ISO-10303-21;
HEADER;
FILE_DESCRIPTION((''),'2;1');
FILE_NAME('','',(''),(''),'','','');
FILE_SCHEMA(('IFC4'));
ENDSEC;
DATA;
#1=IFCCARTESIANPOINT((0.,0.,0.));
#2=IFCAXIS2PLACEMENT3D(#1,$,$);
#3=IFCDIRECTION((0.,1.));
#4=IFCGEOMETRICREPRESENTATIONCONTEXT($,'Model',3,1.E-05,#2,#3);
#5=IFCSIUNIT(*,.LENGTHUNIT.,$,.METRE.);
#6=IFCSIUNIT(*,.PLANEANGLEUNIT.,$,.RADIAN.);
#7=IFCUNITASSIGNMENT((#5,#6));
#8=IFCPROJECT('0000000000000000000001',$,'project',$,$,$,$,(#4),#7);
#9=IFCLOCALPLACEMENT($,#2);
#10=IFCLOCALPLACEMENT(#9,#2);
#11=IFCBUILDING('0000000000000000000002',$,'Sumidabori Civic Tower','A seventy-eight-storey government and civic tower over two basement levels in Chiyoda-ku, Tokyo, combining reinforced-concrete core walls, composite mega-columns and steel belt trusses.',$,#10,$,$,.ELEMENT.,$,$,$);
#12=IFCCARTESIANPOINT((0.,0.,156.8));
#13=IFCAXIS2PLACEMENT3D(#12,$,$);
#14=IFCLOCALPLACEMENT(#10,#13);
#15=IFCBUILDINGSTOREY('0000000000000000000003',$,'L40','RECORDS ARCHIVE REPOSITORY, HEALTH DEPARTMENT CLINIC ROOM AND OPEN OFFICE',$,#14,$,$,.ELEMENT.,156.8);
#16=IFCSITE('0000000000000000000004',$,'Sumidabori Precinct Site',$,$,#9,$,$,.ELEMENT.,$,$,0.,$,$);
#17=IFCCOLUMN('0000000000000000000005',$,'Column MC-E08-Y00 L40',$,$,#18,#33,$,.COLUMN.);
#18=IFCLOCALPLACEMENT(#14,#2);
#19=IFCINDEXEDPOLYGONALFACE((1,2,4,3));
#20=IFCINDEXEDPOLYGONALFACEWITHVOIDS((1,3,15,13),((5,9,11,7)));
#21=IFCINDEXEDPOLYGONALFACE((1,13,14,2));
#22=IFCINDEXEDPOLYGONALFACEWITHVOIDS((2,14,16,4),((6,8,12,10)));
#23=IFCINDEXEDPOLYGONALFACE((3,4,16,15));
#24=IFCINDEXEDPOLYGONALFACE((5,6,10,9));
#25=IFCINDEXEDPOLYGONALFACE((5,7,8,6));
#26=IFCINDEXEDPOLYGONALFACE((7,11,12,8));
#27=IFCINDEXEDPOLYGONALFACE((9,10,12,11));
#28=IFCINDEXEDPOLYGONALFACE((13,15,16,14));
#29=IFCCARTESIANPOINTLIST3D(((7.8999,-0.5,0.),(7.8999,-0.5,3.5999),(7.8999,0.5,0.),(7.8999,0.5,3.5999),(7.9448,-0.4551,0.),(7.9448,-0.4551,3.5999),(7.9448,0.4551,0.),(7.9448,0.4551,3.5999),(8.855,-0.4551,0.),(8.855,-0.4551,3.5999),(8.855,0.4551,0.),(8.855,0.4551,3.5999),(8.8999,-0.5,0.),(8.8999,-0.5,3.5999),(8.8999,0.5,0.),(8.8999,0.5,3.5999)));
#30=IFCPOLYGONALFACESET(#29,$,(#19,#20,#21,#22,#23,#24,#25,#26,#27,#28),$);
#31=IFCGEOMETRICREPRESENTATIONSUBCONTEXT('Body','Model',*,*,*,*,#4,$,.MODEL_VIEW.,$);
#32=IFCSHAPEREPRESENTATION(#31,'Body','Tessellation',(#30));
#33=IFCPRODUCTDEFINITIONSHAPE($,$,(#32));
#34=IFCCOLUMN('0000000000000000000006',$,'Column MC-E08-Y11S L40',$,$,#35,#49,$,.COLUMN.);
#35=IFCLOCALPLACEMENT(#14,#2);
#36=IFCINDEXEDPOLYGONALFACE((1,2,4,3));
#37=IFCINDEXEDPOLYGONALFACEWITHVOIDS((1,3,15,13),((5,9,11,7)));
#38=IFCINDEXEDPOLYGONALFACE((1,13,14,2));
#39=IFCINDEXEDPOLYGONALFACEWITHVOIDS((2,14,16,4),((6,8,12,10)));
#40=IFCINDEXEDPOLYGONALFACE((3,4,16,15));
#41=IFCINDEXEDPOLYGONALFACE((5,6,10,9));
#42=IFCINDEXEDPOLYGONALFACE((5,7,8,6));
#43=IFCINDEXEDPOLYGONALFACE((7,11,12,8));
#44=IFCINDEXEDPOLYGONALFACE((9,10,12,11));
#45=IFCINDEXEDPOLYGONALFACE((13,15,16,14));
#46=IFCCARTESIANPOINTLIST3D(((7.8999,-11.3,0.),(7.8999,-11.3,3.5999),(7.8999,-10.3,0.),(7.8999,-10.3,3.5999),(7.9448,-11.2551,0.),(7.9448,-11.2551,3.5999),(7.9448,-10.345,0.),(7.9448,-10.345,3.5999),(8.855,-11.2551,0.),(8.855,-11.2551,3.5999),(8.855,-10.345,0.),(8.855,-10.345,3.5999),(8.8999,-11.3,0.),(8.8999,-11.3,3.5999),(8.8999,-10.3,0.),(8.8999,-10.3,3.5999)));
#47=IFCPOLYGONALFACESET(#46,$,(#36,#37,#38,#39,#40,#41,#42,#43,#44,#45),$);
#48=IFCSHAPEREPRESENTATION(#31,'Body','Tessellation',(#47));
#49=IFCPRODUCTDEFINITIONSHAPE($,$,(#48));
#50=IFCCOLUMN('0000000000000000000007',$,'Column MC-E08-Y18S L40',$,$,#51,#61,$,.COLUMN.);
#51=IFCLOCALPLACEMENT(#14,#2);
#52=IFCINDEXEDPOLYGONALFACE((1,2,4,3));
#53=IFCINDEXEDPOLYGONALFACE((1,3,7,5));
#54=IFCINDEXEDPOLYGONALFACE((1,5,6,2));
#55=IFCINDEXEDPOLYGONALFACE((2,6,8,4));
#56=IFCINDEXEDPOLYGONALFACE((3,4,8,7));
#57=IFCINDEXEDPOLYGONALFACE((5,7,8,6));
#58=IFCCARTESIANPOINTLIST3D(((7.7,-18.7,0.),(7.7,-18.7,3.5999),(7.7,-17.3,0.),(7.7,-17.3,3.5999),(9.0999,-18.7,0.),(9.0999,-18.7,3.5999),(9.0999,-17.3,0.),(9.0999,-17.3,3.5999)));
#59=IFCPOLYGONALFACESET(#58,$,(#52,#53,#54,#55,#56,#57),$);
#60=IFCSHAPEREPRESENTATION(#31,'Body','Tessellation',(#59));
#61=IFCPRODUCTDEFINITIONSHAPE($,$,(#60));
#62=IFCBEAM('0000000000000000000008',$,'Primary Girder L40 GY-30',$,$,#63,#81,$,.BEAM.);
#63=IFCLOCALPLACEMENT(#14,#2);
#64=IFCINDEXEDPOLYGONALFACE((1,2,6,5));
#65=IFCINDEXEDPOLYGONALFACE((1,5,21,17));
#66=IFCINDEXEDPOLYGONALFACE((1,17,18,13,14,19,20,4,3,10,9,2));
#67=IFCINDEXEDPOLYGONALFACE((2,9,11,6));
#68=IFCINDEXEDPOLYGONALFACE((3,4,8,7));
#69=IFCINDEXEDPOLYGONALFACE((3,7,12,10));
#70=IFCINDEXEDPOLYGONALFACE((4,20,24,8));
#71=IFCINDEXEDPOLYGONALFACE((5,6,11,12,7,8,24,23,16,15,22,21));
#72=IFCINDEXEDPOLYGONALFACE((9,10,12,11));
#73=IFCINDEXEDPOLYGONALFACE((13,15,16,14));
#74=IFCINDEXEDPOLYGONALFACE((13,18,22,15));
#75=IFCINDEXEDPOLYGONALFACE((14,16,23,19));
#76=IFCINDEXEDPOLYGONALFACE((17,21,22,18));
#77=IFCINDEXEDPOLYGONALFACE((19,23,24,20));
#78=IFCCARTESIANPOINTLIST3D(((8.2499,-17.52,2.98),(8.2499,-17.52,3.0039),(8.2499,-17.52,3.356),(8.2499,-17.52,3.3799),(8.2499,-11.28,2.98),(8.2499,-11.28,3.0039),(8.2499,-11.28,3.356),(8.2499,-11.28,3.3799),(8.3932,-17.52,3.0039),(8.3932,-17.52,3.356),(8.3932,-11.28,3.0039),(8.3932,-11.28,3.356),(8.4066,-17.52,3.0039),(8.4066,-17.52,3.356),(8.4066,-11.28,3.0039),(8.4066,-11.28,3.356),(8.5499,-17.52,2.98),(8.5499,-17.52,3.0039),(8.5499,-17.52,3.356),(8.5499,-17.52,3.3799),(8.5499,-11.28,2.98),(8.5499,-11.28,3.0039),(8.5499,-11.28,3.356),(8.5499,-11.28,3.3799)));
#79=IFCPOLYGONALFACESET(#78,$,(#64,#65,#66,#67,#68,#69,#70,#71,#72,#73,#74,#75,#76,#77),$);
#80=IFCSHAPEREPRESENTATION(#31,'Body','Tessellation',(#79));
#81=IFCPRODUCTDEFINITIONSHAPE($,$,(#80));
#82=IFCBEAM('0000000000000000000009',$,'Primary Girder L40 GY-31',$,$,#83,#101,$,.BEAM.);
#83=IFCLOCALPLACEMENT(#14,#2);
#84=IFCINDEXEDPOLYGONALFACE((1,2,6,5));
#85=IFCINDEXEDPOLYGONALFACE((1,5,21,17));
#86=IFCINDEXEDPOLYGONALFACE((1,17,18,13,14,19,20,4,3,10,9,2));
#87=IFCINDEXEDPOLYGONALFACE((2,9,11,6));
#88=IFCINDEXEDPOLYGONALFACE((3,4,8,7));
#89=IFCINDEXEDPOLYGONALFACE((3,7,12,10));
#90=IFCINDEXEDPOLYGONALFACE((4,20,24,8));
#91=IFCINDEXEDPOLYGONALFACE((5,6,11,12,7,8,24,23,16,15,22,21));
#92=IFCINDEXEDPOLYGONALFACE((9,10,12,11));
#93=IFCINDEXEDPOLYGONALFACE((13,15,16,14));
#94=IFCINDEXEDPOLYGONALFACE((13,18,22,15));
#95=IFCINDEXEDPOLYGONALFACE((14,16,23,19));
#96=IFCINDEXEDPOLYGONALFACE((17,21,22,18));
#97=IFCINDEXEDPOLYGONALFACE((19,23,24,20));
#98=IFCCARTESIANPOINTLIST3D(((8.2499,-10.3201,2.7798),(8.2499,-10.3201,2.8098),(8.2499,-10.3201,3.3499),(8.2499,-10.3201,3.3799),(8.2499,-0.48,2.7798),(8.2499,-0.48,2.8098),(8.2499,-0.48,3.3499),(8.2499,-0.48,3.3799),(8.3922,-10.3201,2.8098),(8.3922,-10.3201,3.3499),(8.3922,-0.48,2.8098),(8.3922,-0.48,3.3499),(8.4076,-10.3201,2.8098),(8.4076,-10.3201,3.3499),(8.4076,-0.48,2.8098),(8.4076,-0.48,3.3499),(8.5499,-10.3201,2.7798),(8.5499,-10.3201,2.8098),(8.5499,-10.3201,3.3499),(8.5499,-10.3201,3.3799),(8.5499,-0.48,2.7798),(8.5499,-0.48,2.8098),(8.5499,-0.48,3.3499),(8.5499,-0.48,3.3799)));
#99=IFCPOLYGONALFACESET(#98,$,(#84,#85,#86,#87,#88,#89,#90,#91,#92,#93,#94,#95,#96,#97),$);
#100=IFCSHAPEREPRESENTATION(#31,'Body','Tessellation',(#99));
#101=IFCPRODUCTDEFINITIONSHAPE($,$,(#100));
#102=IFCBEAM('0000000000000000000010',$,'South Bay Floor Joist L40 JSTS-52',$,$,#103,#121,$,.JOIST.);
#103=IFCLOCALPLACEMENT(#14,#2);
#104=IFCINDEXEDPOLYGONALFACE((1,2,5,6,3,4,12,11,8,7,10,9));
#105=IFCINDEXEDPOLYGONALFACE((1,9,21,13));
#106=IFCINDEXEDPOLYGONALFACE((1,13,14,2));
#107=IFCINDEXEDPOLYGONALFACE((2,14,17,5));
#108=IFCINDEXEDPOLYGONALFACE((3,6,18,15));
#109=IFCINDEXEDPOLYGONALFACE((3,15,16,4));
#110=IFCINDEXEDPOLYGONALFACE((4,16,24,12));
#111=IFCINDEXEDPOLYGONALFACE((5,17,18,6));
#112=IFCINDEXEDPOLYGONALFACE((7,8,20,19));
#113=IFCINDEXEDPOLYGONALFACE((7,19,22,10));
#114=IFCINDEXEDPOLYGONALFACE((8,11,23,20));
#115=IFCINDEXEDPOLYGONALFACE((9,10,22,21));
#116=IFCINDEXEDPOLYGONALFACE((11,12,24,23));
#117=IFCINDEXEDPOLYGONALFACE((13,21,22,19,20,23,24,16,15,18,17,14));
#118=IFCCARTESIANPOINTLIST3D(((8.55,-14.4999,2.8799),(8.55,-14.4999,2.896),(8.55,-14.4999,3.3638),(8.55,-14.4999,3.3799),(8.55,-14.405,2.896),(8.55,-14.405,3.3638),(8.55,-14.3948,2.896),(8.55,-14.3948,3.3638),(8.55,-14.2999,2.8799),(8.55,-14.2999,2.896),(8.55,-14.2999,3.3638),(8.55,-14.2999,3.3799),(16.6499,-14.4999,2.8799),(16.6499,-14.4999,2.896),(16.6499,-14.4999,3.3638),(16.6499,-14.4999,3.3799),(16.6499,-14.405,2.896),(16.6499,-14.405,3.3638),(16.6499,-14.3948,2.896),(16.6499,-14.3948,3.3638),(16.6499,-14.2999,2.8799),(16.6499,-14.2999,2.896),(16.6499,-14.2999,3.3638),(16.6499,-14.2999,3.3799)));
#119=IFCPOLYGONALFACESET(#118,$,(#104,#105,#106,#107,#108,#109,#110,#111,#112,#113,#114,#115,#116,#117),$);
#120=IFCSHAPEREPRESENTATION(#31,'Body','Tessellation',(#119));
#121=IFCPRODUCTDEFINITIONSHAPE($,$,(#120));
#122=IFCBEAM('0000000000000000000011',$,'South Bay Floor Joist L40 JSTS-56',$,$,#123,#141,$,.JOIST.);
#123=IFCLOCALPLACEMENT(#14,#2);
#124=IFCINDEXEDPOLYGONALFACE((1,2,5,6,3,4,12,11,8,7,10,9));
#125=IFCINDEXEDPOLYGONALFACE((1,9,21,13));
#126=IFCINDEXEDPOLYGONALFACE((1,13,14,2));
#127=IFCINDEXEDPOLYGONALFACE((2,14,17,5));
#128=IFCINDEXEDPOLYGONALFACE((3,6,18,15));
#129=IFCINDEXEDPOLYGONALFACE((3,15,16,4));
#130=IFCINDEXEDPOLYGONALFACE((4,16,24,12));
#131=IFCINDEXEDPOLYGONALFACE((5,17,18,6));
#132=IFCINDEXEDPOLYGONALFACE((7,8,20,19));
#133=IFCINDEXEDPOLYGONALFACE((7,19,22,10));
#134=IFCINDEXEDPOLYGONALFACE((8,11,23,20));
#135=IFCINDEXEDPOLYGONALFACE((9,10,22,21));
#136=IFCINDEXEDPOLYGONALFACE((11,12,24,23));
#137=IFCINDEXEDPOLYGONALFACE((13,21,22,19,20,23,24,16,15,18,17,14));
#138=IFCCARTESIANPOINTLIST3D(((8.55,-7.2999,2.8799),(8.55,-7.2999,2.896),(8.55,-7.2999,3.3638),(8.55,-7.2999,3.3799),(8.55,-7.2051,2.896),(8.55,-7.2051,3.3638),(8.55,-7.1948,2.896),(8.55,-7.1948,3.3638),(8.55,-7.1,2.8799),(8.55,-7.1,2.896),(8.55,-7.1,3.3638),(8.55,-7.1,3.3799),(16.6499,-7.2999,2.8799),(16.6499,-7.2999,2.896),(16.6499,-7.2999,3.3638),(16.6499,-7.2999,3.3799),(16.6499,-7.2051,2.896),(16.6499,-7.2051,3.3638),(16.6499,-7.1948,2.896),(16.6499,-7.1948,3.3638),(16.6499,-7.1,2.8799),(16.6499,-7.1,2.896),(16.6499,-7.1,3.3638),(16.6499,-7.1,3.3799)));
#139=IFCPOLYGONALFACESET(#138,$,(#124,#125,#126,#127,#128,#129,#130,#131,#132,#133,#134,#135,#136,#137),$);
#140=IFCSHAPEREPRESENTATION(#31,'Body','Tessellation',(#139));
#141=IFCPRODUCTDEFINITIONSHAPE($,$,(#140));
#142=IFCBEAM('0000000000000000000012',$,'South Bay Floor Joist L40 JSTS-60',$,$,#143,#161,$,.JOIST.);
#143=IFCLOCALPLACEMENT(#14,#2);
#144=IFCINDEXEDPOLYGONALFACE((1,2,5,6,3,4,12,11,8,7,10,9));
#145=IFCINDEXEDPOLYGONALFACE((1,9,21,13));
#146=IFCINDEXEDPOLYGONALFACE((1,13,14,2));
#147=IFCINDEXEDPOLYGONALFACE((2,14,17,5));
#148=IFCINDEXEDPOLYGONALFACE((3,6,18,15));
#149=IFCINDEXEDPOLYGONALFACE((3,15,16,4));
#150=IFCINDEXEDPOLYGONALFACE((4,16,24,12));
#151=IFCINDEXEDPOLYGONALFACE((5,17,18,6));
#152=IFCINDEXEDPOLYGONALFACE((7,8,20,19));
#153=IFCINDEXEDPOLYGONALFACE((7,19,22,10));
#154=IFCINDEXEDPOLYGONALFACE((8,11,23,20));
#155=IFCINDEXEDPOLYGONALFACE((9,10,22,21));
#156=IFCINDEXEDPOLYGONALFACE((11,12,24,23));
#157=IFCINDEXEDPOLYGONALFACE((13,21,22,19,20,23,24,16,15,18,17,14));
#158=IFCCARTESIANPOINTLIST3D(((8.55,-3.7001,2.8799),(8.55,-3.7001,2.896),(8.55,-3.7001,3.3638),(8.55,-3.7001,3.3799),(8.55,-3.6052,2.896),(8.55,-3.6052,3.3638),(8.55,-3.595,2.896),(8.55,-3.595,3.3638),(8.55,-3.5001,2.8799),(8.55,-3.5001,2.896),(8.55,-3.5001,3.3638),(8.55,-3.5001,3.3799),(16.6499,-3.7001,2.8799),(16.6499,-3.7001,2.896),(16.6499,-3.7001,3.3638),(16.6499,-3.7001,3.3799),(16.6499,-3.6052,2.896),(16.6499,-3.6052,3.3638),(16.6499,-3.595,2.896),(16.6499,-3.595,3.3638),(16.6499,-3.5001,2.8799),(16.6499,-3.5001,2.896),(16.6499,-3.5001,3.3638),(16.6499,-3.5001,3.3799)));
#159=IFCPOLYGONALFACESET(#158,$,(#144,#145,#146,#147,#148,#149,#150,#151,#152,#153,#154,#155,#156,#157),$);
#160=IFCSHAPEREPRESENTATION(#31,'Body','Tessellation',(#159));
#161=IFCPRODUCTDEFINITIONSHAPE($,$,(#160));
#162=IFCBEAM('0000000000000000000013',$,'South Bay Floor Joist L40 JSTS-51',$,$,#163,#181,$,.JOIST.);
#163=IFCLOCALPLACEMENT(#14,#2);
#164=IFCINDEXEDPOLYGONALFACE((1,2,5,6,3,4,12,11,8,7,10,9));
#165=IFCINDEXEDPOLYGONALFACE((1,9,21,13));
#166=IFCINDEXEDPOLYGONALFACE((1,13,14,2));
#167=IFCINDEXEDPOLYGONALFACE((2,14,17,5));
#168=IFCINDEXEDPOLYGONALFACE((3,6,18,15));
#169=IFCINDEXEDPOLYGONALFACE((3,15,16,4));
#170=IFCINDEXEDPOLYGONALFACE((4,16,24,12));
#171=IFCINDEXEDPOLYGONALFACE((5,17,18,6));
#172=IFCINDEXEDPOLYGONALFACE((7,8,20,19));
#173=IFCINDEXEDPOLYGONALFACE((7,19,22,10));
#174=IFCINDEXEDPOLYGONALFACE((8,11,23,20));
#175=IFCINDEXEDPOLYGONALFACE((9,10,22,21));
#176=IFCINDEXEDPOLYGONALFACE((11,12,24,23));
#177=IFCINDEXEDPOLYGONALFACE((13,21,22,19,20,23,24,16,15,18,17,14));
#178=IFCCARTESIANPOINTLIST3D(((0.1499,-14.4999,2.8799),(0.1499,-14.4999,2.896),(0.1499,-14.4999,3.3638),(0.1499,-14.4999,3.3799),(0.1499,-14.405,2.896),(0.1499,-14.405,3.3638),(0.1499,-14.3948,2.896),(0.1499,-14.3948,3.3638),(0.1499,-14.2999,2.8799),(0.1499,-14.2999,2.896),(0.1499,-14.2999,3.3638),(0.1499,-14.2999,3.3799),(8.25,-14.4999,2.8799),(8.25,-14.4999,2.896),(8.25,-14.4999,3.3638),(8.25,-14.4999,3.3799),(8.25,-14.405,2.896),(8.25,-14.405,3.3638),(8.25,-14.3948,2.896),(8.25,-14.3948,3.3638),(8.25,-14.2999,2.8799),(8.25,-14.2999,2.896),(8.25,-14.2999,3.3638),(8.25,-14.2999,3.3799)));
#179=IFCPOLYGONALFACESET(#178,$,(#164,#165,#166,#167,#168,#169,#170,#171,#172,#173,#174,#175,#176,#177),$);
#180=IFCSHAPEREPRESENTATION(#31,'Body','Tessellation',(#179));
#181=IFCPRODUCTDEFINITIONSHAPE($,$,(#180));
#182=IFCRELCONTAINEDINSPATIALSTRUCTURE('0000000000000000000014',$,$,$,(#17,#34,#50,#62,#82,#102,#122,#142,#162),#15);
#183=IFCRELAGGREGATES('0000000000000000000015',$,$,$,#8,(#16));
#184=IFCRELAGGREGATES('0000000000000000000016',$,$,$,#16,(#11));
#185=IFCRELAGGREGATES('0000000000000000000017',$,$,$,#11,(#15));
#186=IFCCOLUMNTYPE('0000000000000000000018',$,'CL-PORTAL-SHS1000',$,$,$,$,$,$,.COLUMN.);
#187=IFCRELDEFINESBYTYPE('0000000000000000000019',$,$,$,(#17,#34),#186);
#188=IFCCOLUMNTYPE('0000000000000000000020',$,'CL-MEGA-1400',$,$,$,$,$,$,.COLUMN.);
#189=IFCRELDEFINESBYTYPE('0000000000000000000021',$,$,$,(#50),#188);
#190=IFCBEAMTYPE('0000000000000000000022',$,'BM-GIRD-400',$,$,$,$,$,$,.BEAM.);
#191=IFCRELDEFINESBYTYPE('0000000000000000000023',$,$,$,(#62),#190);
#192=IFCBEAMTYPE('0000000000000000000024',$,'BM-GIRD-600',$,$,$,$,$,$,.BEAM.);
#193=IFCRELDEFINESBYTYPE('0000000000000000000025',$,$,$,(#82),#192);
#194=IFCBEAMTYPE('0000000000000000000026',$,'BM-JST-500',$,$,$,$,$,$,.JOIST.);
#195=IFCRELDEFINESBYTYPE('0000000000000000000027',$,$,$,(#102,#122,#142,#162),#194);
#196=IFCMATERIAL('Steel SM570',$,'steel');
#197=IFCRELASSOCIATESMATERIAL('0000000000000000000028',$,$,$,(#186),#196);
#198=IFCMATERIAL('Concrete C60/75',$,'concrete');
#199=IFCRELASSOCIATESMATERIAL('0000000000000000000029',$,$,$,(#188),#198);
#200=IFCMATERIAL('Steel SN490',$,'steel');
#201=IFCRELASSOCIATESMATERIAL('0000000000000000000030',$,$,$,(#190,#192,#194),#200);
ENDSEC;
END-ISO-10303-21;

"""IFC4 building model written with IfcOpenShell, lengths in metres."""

from ifc_helpers import new_model, si_unit, direction, frame, origin, origin_2d, place, context, subcontext, project, spatial, rectangle, hollow_rectangle, i_section, extrude, source, transform, mapped, material, material_profile, profile_set, type_object, element, save


model = new_model("IFC4")

# Units and contexts
model_context = context("Model", 3, precision=1e-05, world=origin(), true_north=direction((0.0, 1.0)))
body_context = subcontext(model_context, "Body", "Model", "MODEL_VIEW")
ifc_project = project(units=[si_unit("LENGTHUNIT", "METRE"), si_unit("PLANEANGLEUNIT", "RADIAN")], contexts=[model_context])

# Site, building, storey
site_placement = place(None, origin())
site = spatial("IfcSite", under=ifc_project, at=site_placement, Name="Sumidabori Precinct Site", CompositionType="ELEMENT", RefElevation=0.0)
building_placement = place(site_placement, origin())
building = spatial("IfcBuilding", under=site, at=building_placement, Name="Sumidabori Civic Tower", Description="A seventy-eight-storey government and civic tower over two basement levels in Chiyoda-ku, Tokyo, combining reinforced-concrete core walls, composite mega-columns and steel belt trusses.", CompositionType="ELEMENT")
storey_placement = place(building_placement, frame((0.0, 0.0, 156.8)))
storey = spatial("IfcBuildingStorey", under=building, at=storey_placement, Name="L40", Description="RECORDS ARCHIVE REPOSITORY, HEALTH DEPARTMENT CLINIC ROOM AND OPEN OFFICE", CompositionType="ELEMENT", Elevation=156.8)

# Columns
ifc_material_1 = material(Name="Steel SM570", Category="steel")
ifc_material_profile_1 = material_profile(ifc_material_1, hollow_rectangle(XDim=1.0, YDim=1.0, WallThickness=0.0449, at=origin_2d()), Name="SHS 1000x1000x45")
ifc_profile_set_1 = profile_set([ifc_material_profile_1], Name="Steel SM570")
column_type_1 = type_object("IfcColumnType", Name="CL-PORTAL-SHS1000", PredefinedType="COLUMN", material=ifc_profile_set_1)
shared_shape_1 = source(origin(), body_context, "Body", "SweptSolid", [
    extrude(hollow_rectangle(XDim=1.0, YDim=1.0, WallThickness=0.0449, at=origin_2d()), origin(), (0.0, 0.0, 1.0), 3.5999),
])
for number, where, z_axis, x_axis, name in (
    (1, (8.3999, 0.0, 0.0), (0.0, 0.0, 1.0), (1.0, 0.0, 0.0), "Column MC-E08-Y00 L40"),
    (2, (8.3999, -10.8, 0.0), (0.0, 0.0, 1.0), (1.0, 0.0, 0.0), "Column MC-E08-Y11S L40"),
):
    element("IfcColumn", number, at=place(storey_placement, frame(where, z_axis=z_axis, x_axis=x_axis)), inside=storey, type_object=column_type_1, Name=name, PredefinedType="COLUMN", context=body_context, shape_type="MappedRepresentation", body=[
        mapped(shared_shape_1, transform((0.0, 0.0, 0.0), x_axis=(1.0, 0.0, 0.0), y_axis=(0.0, 1.0, 0.0), z_axis=(0.0, 0.0, 1.0), scale=1.0)),
    ])
ifc_material_2 = material(Name="Concrete C60/75", Category="concrete")
ifc_material_profile_2 = material_profile(ifc_material_2, rectangle(XDim=1.3999, YDim=1.3999, at=origin_2d()), Name="RC 1400x1400")
ifc_profile_set_2 = profile_set([ifc_material_profile_2], Name="Concrete C60/75")
column_type_2 = type_object("IfcColumnType", Name="CL-MEGA-1400", PredefinedType="COLUMN", material=ifc_profile_set_2)
shared_shape_2 = source(origin(), body_context, "Body", "SweptSolid", [
    extrude(rectangle(XDim=1.3999, YDim=1.3999, at=origin_2d()), origin(), (0.0, 0.0, 1.0), 3.5999),
])
column_placement = place(storey_placement, frame((8.3999, -18.0, 0.0), z_axis=(0.0, 0.0, 1.0), x_axis=(1.0, 0.0, 0.0)))
element("IfcColumn", 3, at=column_placement, inside=storey, type_object=column_type_2, Name="Column MC-E08-Y18S L40", PredefinedType="COLUMN", context=body_context, shape_type="MappedRepresentation", body=[
    mapped(shared_shape_2, transform((0.0, 0.0, 0.0), x_axis=(1.0, 0.0, 0.0), y_axis=(0.0, 1.0, 0.0), z_axis=(0.0, 0.0, 1.0), scale=1.0)),
])

# Beams
ifc_material_3 = material(Name="Steel SN490", Category="steel")
ifc_material_profile_3 = material_profile(ifc_material_3, i_section(OverallWidth=0.3, OverallDepth=0.3999, WebThickness=0.0134, FlangeThickness=0.0239, at=origin_2d()), Name="HE 400 B")
ifc_profile_set_3 = profile_set([ifc_material_profile_3], Name="Steel SN490")
beam_type_1 = type_object("IfcBeamType", Name="BM-GIRD-400", PredefinedType="BEAM", material=ifc_profile_set_3)
shared_shape_3 = source(origin(), body_context, "Body", "SweptSolid", [
    extrude(i_section(OverallWidth=0.3, OverallDepth=0.3999, WebThickness=0.0134, FlangeThickness=0.0239, at=origin_2d()), origin(), (0.0, 0.0, 1.0), 6.24),
])
beam_1_placement = place(storey_placement, frame((8.3999, -17.52, 3.1799), z_axis=(0.0, 1.0, 0.0), x_axis=(-1.0, 0.0, 0.0)))
element("IfcBeam", 4, at=beam_1_placement, inside=storey, type_object=beam_type_1, Name="Primary Girder L40 GY-30", PredefinedType="BEAM", context=body_context, shape_type="MappedRepresentation", body=[
    mapped(shared_shape_3, transform((0.0, 0.0, 0.0), x_axis=(1.0, 0.0, 0.0), y_axis=(0.0, 1.0, 0.0), z_axis=(0.0, 0.0, 1.0), scale=1.0)),
])
ifc_material_profile_4 = material_profile(ifc_material_3, i_section(OverallWidth=0.3, OverallDepth=0.6001, WebThickness=0.0154, FlangeThickness=0.03, at=origin_2d()), Name="HE 600 B")
ifc_profile_set_4 = profile_set([ifc_material_profile_4], Name="Steel SN490")
beam_type_2 = type_object("IfcBeamType", Name="BM-GIRD-600", PredefinedType="BEAM", material=ifc_profile_set_4)
shared_shape_4 = source(origin(), body_context, "Body", "SweptSolid", [
    extrude(i_section(OverallWidth=0.3, OverallDepth=0.6001, WebThickness=0.0154, FlangeThickness=0.03, at=origin_2d()), origin(), (0.0, 0.0, 1.0), 9.8401),
])
beam_2_placement = place(storey_placement, frame((8.3999, -10.3201, 3.0798), z_axis=(0.0, 1.0, 0.0), x_axis=(-1.0, 0.0, 0.0)))
element("IfcBeam", 5, at=beam_2_placement, inside=storey, type_object=beam_type_2, Name="Primary Girder L40 GY-31", PredefinedType="BEAM", context=body_context, shape_type="MappedRepresentation", body=[
    mapped(shared_shape_4, transform((0.0, 0.0, 0.0), x_axis=(1.0, 0.0, 0.0), y_axis=(0.0, 1.0, 0.0), z_axis=(0.0, 0.0, 1.0), scale=1.0)),
])
ifc_material_profile_5 = material_profile(ifc_material_3, i_section(OverallWidth=0.2, OverallDepth=0.5, WebThickness=0.0103, FlangeThickness=0.0161, at=origin_2d()), Name="IPE 500")
ifc_profile_set_5 = profile_set([ifc_material_profile_5], Name="Steel SN490")
beam_type_3 = type_object("IfcBeamType", Name="BM-JST-500", PredefinedType="JOIST", material=ifc_profile_set_5)
shared_shape_5 = source(origin(), body_context, "Body", "SweptSolid", [
    extrude(i_section(OverallWidth=0.2, OverallDepth=0.5, WebThickness=0.0103, FlangeThickness=0.0161, at=origin_2d()), origin(), (0.0, 0.0, 1.0), 8.0999),
])
for number, where, z_axis, x_axis, name in (
    (6, (8.55, -14.3999, 3.1299), (1.0, 0.0, 0.0), (0.0, 1.0, 0.0), "South Bay Floor Joist L40 JSTS-52"),
    (7, (8.55, -7.2, 3.1299), (1.0, 0.0, 0.0), (0.0, 1.0, 0.0), "South Bay Floor Joist L40 JSTS-56"),
    (8, (8.55, -3.6001, 3.1299), (1.0, 0.0, 0.0), (0.0, 1.0, 0.0), "South Bay Floor Joist L40 JSTS-60"),
):
    element("IfcBeam", number, at=place(storey_placement, frame(where, z_axis=z_axis, x_axis=x_axis)), inside=storey, type_object=beam_type_3, Name=name, PredefinedType="JOIST", context=body_context, shape_type="MappedRepresentation", body=[
        mapped(shared_shape_5, transform((0.0, 0.0, 0.0), x_axis=(1.0, 0.0, 0.0), y_axis=(0.0, 1.0, 0.0), z_axis=(0.0, 0.0, 1.0), scale=1.0)),
    ])
shared_shape_6 = source(origin(), body_context, "Body", "SweptSolid", [
    extrude(i_section(OverallWidth=0.2, OverallDepth=0.5, WebThickness=0.0103, FlangeThickness=0.0161, at=origin_2d()), origin(), (0.0, 0.0, 1.0), 8.1001),
])
for number, where, z_axis, x_axis, name in (
    (9, (0.1499, -14.3999, 3.1299), (1.0, 0.0, 0.0), (0.0, 1.0, 0.0), "South Bay Floor Joist L40 JSTS-51"),
):
    element("IfcBeam", number, at=place(storey_placement, frame(where, z_axis=z_axis, x_axis=x_axis)), inside=storey, type_object=beam_type_3, Name=name, PredefinedType="JOIST", context=body_context, shape_type="MappedRepresentation", body=[
        mapped(shared_shape_6, transform((0.0, 0.0, 0.0), x_axis=(1.0, 0.0, 0.0), y_axis=(0.0, 1.0, 0.0), z_axis=(0.0, 0.0, 1.0), scale=1.0)),
    ])

save(model, "model.ifc")
